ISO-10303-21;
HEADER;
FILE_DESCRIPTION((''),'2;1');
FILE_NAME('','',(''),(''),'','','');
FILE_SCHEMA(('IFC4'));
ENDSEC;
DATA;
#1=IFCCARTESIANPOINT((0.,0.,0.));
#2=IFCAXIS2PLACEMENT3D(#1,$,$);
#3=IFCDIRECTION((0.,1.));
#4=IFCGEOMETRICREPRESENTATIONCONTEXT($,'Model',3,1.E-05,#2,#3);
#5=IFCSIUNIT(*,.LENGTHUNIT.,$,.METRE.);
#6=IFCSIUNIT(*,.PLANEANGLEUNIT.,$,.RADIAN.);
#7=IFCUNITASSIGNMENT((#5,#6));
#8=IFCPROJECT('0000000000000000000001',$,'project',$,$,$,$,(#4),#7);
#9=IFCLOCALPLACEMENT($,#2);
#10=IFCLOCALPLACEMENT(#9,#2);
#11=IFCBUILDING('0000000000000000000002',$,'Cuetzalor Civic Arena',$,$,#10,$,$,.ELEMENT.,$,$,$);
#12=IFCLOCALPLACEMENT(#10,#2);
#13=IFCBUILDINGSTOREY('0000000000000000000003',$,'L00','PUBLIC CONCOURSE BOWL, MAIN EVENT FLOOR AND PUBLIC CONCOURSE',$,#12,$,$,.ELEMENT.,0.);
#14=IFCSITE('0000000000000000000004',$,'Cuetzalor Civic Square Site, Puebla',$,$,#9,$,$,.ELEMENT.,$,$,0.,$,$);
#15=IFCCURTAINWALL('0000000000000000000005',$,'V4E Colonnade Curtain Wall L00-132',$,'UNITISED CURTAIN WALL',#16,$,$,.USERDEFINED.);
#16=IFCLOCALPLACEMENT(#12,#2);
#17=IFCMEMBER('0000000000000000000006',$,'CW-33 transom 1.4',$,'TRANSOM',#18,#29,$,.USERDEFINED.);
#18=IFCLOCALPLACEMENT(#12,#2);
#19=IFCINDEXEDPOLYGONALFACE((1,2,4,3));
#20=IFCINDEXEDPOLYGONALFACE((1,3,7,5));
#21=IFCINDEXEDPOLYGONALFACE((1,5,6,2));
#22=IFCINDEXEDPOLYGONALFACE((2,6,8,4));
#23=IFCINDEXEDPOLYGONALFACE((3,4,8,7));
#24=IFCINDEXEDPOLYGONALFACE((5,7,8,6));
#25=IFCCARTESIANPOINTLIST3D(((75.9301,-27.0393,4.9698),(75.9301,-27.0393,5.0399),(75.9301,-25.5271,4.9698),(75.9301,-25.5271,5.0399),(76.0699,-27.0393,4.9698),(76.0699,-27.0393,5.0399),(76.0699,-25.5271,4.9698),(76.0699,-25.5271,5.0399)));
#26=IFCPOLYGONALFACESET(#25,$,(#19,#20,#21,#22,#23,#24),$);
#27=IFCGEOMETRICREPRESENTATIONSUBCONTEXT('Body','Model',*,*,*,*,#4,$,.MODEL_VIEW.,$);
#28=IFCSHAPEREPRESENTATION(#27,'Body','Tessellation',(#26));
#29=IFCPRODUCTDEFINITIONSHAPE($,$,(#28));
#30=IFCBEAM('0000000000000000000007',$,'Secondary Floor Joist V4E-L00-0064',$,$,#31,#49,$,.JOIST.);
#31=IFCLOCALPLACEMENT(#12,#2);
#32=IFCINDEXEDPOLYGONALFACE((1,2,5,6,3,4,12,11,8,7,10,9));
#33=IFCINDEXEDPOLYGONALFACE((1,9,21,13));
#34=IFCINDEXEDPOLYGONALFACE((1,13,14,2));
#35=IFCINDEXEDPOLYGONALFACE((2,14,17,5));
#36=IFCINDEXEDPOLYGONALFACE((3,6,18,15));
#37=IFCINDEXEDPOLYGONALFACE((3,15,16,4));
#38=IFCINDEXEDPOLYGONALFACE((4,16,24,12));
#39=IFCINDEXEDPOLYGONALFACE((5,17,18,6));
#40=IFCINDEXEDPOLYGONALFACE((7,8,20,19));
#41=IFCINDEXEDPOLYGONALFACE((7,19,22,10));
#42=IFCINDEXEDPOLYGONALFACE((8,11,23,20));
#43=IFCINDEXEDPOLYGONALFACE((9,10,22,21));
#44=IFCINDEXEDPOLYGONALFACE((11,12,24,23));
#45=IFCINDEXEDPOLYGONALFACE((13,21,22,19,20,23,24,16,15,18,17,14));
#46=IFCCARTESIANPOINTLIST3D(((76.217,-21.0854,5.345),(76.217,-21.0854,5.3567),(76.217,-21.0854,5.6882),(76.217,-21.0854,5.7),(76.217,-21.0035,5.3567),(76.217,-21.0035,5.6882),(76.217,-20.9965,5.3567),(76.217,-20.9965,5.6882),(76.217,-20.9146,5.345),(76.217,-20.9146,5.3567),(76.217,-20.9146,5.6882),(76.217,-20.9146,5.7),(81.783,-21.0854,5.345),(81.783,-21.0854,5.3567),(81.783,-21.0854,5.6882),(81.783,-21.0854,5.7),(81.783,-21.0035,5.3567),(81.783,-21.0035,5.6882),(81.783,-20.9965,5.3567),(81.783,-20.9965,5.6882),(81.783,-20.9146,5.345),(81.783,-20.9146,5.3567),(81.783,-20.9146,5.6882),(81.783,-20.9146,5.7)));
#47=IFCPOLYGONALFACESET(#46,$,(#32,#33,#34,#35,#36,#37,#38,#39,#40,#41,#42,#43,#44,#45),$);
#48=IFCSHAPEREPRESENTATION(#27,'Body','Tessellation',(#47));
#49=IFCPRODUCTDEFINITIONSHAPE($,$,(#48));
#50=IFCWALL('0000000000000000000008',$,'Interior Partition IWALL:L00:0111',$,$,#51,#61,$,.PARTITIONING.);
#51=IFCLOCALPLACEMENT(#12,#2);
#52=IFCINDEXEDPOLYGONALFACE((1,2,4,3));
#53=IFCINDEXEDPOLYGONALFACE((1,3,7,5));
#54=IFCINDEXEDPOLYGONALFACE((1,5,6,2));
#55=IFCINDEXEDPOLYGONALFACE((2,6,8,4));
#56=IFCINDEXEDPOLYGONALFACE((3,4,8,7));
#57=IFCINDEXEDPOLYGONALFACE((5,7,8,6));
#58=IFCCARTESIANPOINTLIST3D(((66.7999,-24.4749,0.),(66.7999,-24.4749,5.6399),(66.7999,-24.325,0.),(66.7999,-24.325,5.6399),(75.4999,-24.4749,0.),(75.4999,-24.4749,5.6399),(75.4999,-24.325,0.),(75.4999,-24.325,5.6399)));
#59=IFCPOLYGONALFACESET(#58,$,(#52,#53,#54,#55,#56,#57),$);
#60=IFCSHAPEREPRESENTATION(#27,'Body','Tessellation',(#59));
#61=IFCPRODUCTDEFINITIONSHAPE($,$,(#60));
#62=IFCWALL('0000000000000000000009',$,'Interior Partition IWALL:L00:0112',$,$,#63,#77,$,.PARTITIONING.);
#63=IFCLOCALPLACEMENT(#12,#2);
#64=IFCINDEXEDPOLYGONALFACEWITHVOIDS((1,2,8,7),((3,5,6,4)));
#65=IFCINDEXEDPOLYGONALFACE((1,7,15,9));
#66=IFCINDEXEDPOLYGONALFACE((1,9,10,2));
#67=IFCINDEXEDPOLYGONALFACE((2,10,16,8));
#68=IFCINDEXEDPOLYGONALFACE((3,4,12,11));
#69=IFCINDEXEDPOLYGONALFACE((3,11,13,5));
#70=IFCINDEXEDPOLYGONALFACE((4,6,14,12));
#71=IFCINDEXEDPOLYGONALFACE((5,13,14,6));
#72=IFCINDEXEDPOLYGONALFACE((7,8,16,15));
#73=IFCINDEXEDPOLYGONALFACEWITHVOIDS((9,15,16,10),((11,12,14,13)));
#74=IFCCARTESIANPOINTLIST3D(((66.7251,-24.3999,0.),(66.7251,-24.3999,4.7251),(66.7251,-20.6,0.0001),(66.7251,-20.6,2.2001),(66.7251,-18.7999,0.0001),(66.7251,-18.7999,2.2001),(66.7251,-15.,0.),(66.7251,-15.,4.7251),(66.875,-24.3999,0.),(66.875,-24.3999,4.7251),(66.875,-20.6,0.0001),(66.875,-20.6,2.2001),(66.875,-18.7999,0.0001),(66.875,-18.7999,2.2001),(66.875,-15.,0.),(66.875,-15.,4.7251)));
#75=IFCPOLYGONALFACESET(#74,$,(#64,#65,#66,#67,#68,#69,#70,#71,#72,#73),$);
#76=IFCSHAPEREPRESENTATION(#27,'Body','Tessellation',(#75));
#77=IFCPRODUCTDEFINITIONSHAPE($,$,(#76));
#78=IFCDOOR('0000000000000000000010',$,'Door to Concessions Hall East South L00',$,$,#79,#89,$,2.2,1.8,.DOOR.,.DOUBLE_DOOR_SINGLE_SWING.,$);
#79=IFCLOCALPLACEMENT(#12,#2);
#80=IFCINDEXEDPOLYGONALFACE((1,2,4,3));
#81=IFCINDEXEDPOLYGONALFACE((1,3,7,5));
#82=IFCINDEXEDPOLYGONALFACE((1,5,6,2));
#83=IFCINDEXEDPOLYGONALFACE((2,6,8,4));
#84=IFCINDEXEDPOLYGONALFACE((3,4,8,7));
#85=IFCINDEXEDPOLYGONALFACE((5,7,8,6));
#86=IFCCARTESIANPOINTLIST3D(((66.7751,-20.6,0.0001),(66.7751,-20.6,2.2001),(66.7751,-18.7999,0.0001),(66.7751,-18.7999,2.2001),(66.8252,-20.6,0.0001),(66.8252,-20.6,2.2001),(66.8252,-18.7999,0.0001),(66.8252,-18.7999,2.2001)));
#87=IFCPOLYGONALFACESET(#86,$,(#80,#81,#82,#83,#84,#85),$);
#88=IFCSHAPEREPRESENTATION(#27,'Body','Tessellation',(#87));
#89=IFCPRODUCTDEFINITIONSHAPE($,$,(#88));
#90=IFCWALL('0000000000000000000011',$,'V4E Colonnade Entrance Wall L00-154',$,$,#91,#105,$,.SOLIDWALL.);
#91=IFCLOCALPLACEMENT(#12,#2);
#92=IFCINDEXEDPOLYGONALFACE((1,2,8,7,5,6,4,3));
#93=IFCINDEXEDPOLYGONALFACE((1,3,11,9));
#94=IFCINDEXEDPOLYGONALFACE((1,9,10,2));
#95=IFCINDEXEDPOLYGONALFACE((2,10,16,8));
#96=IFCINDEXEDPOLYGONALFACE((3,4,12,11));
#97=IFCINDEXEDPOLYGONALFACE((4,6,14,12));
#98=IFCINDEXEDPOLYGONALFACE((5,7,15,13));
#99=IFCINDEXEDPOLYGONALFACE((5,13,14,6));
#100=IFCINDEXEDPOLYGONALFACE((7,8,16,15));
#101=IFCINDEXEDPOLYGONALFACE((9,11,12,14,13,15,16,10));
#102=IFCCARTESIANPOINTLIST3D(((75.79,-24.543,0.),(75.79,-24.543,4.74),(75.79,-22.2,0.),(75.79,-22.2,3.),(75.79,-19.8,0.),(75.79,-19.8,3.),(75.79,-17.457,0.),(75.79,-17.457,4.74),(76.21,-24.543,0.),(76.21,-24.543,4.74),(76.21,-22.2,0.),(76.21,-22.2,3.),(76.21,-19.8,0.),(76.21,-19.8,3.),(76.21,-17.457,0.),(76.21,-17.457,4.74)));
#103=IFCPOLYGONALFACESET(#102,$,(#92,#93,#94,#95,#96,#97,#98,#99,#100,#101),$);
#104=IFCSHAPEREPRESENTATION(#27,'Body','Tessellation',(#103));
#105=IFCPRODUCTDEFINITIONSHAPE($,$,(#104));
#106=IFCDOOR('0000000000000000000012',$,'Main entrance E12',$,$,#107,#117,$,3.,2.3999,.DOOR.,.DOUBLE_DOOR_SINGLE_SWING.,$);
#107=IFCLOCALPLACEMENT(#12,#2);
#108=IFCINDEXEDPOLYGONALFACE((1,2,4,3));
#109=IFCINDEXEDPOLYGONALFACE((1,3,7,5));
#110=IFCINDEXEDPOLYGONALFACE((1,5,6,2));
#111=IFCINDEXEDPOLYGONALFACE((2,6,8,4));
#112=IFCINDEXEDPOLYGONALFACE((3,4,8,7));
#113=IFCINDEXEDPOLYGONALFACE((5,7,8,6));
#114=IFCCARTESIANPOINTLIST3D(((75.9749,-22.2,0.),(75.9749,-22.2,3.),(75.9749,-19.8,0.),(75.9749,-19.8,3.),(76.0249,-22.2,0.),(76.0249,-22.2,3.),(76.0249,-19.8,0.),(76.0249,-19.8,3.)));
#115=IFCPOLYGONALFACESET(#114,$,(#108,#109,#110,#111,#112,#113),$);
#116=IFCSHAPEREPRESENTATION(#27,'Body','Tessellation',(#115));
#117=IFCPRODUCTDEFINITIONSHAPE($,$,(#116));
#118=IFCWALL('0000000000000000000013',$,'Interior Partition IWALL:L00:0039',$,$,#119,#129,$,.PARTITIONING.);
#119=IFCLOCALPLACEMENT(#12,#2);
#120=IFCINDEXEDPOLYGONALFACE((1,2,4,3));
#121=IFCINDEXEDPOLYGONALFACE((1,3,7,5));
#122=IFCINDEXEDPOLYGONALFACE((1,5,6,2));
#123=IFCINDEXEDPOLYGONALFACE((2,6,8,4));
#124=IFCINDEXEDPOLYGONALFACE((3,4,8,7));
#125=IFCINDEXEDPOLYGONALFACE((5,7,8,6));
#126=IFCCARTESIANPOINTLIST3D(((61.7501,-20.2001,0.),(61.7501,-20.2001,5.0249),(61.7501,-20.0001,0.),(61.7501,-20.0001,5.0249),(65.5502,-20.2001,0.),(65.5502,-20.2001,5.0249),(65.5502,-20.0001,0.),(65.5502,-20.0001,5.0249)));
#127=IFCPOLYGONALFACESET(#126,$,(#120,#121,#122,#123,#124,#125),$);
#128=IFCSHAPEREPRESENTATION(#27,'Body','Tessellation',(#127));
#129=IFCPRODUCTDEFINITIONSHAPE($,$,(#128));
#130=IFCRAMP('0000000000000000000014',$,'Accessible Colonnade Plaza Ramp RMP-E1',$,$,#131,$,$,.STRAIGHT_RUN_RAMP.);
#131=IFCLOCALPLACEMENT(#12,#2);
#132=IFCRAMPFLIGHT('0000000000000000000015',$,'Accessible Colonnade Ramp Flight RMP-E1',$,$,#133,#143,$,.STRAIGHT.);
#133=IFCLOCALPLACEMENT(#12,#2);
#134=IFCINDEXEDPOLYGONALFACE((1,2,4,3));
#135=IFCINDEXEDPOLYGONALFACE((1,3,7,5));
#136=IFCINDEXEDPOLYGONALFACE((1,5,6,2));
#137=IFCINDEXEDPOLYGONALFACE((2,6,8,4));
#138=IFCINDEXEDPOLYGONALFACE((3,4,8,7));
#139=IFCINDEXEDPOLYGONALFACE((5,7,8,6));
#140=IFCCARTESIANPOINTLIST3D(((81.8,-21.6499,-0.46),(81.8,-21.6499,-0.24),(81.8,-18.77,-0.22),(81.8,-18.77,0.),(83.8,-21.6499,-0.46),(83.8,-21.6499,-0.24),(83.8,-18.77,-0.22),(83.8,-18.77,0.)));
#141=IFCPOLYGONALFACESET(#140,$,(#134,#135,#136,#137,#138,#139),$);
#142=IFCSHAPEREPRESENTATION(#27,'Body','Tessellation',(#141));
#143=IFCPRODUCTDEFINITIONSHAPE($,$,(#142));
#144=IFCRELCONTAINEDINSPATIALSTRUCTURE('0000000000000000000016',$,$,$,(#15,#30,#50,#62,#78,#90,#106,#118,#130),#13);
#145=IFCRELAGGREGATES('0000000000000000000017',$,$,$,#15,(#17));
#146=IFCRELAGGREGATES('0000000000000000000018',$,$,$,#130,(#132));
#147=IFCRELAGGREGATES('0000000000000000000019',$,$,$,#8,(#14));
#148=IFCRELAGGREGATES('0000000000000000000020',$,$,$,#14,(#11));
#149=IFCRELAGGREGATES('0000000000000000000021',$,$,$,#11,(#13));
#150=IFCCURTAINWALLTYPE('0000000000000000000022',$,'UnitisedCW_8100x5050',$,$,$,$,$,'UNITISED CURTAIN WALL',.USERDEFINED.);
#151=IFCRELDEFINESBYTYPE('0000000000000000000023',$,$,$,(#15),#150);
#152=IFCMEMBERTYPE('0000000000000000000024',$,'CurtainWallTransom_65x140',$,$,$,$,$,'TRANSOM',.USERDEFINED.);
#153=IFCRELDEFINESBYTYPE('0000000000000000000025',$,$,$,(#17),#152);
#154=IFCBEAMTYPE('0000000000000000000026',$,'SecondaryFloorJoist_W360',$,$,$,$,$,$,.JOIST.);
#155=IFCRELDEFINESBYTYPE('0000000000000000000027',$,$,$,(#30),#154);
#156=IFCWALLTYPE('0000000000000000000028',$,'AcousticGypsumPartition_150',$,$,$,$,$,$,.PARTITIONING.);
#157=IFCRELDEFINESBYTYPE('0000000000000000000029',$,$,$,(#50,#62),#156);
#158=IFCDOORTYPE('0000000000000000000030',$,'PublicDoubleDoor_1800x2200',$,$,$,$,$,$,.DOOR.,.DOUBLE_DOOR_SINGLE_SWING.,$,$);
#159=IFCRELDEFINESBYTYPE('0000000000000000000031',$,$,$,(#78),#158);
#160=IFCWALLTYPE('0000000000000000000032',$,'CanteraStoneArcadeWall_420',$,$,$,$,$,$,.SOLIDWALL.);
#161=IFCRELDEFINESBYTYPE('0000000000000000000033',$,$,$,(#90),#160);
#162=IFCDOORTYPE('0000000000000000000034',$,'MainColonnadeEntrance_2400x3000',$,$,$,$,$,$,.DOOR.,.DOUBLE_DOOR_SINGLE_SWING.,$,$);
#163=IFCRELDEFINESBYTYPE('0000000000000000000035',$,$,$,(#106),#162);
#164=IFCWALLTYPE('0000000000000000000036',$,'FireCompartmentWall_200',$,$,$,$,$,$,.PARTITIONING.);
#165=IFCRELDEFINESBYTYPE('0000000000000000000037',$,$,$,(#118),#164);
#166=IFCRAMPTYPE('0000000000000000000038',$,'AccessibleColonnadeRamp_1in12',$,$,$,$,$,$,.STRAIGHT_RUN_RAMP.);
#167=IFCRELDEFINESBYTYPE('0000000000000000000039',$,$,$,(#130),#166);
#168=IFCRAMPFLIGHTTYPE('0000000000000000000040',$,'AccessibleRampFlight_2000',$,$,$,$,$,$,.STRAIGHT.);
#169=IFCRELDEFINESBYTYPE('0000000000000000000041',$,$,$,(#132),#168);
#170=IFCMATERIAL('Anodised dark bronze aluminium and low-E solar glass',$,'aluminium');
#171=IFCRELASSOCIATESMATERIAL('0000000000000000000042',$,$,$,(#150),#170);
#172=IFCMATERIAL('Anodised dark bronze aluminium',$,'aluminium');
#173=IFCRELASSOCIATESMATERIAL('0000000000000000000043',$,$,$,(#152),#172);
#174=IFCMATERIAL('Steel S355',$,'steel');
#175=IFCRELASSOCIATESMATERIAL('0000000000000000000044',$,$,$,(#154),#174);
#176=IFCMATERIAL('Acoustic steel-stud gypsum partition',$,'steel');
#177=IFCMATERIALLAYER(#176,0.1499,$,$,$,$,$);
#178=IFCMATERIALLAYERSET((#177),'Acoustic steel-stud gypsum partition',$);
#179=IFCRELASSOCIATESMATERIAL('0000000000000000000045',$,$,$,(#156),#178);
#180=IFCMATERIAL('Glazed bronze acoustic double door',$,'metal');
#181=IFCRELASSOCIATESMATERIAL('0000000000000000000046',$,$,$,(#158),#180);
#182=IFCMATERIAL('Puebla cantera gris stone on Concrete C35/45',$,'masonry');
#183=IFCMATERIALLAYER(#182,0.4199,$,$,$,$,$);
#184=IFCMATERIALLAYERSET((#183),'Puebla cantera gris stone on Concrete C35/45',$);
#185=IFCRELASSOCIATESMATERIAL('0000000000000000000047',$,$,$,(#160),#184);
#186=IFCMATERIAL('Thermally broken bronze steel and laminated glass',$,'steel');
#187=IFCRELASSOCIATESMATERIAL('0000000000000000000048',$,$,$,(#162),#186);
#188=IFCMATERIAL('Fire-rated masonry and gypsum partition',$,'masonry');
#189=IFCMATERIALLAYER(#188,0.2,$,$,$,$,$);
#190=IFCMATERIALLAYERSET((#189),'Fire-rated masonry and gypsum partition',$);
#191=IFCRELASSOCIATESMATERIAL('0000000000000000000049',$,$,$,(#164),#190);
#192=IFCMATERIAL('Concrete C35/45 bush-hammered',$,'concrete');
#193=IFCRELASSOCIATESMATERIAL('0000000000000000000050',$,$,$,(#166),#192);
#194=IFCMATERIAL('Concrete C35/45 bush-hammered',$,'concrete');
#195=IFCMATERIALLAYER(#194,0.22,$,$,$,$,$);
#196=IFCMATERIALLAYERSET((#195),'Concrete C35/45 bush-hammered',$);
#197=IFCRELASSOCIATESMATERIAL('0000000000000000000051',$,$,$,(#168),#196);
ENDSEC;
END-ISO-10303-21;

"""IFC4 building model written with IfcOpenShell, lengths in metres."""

from ifc_helpers import new_model, si_unit, direction, frame, frame_2d, origin, origin_2d, place, context, subcontext, project, spatial, polyline, rectangle, i_section, outline, extrude, material, layer, layer_set, material_profile, profile_set, type_object, element, fill, aggregate, save


model = new_model("IFC4")

# Units and contexts
model_context = context("Model", 3, precision=1e-05, world=origin(), true_north=direction((0.0, 1.0)))
body_context = subcontext(model_context, "Body", "Model", "MODEL_VIEW")
ifc_project = project(units=[si_unit("LENGTHUNIT", "METRE"), si_unit("PLANEANGLEUNIT", "RADIAN")], contexts=[model_context])

# Site, building, storey
site_placement = place(None, origin())
site = spatial("IfcSite", under=ifc_project, at=site_placement, Name="Cuetzalor Civic Square Site, Puebla", CompositionType="ELEMENT", RefElevation=0.0)
building_placement = place(site_placement, origin())
building = spatial("IfcBuilding", under=site, at=building_placement, Name="Cuetzalor Civic Arena", CompositionType="ELEMENT")
storey_placement = place(building_placement, origin())
storey = spatial("IfcBuildingStorey", under=building, at=storey_placement, Name="L00", Description="PUBLIC CONCOURSE BOWL, MAIN EVENT FLOOR AND PUBLIC CONCOURSE", CompositionType="ELEMENT", Elevation=0.0)

# Curtain wall, member
ifc_material_1 = material(Name="Anodised dark bronze aluminium and low-E solar glass", Category="aluminium")
curtain_wall_type = type_object("IfcCurtainWallType", Name="UnitisedCW_8100x5050", ElementType="UNITISED CURTAIN WALL", PredefinedType="USERDEFINED", material=ifc_material_1)
curtain_wall_placement = place(storey_placement, origin())
curtain_wall = element("IfcCurtainWall", 1, at=curtain_wall_placement, inside=storey, type_object=curtain_wall_type, Name="V4E Colonnade Curtain Wall L00-132", ObjectType="UNITISED CURTAIN WALL", PredefinedType="USERDEFINED")
ifc_material_2 = material(Name="Anodised dark bronze aluminium", Category="aluminium")
ifc_material_profile_1 = material_profile(ifc_material_2, rectangle(XDim=0.1399, YDim=0.0701, at=origin_2d()), Name="ALU TRANSOM 70x140")
ifc_profile_set_1 = profile_set([ifc_material_profile_1], Name="Anodised dark bronze aluminium")
member_type_1 = type_object("IfcMemberType", Name="CurtainWallTransom_65x140", ElementType="TRANSOM", PredefinedType="USERDEFINED", material=ifc_profile_set_1)
member_1_placement = place(storey_placement, frame((76.0, -25.5271, 5.0049), z_axis=(0.0, -1.0, 0.0), x_axis=(1.0, 0.0, 0.0)))
member_1 = element("IfcMember", 2, at=member_1_placement, type_object=member_type_1, Name="CW-33 transom 1.4", ObjectType="TRANSOM", PredefinedType="USERDEFINED", context=body_context, shape_type="SweptSolid", body=[
    extrude(rectangle(XDim=0.1399, YDim=0.0701, at=origin_2d()), origin(), (0.0, 0.0, 1.0), 1.5122),
])
aggregate(curtain_wall, [member_1])

# Beam
ifc_material_3 = material(Name="Steel S355", Category="steel")
ifc_material_profile_2 = material_profile(ifc_material_3, i_section(OverallWidth=0.1709, OverallDepth=0.355, WebThickness=0.0071, FlangeThickness=0.0117, at=origin_2d()), Name="W360x51")
ifc_profile_set_2 = profile_set([ifc_material_profile_2], Name="Steel S355")
beam_type_1 = type_object("IfcBeamType", Name="SecondaryFloorJoist_W360", PredefinedType="JOIST", material=ifc_profile_set_2)
beam_1_placement = place(storey_placement, frame((76.217, -21.0, 5.5225), z_axis=(1.0, 0.0, 0.0), x_axis=(0.0, 1.0, 0.0)))
element("IfcBeam", 3, at=beam_1_placement, inside=storey, type_object=beam_type_1, Name="Secondary Floor Joist V4E-L00-0064", PredefinedType="JOIST", context=body_context, shape_type="SweptSolid", body=[
    extrude(i_section(OverallWidth=0.1709, OverallDepth=0.355, WebThickness=0.0071, FlangeThickness=0.0117, at=origin_2d()), origin(), (0.0, 0.0, 1.0), 5.5659),
])

# Wall
ifc_material_4 = material(Name="Acoustic steel-stud gypsum partition", Category="steel")
ifc_layer_1 = layer(ifc_material_4, 0.1499)
ifc_layer_set_1 = layer_set([ifc_layer_1], Name="Acoustic steel-stud gypsum partition")
wall_type_1 = type_object("IfcWallType", Name="AcousticGypsumPartition_150", PredefinedType="PARTITIONING", material=ifc_layer_set_1)
wall_1_placement = place(storey_placement, frame((75.5, -24.3999, 0.0), z_axis=(0.0, 0.0, 1.0), x_axis=(-1.0, 0.0, 0.0)))
element("IfcWall", 4, at=wall_1_placement, inside=storey, type_object=wall_type_1, Name="Interior Partition IWALL:L00:0111", PredefinedType="PARTITIONING", context=body_context, shape_type="SweptSolid", body=[
    extrude(rectangle(XDim=8.7, YDim=0.1499, at=frame_2d((4.3501, 0.0))), origin(), (0.0, 0.0, 1.0), 5.6399),
])

# Walls, openings, doors
wall_2_placement = place(storey_placement, frame((66.8, -24.3999, 0.0), z_axis=(0.0, 0.0, 1.0), x_axis=(0.0, 1.0, 0.0)))
wall_2 = element("IfcWall", 5, at=wall_2_placement, inside=storey, type_object=wall_type_1, Name="Interior Partition IWALL:L00:0112", PredefinedType="PARTITIONING", context=body_context, shape_type="SweptSolid", body=[
    extrude(rectangle(XDim=9.3999, YDim=0.1499, at=frame_2d((4.7, 0.0))), origin(), (0.0, 0.0, 1.0), 4.7251),
])
opening_1_placement = place(wall_2_placement, frame((3.8, 0.0, 0.0)))
opening_1 = element("IfcOpeningElement", 6, at=opening_1_placement, cuts=wall_2, PredefinedType="OPENING", context=body_context, shape_type="SweptSolid", body=[
    extrude(rectangle(XDim=1.8, YDim=2.2, at=frame_2d((0.8999, 1.1001))), frame((0.0, 0.085, 0.0), z_axis=(0.0, -1.0, 0.0), x_axis=(1.0, 0.0, 0.0)), (0.0, 0.0, 1.0), 0.1699),
])
ifc_material_5 = material(Name="Glazed bronze acoustic double door", Category="metal")
door_type_1 = type_object("IfcDoorType", Name="PublicDoubleDoor_1800x2200", OperationType="DOUBLE_DOOR_SINGLE_SWING", PredefinedType="DOOR", material=ifc_material_5)
door_1_placement = place(opening_1_placement, origin())
door_1 = element("IfcDoor", 7, at=door_1_placement, inside=storey, type_object=door_type_1, Name="Door to Concessions Hall East South L00", OperationType="DOUBLE_DOOR_SINGLE_SWING", OverallHeight=2.2, OverallWidth=1.8, PredefinedType="DOOR", context=body_context, shape_type="SweptSolid", body=[
    extrude(rectangle(XDim=1.8, YDim=2.2, at=frame_2d((0.8999, 1.1001))), frame((0.0, 0.0249, 0.0), z_axis=(0.0, -1.0, 0.0), x_axis=(1.0, 0.0, 0.0)), (0.0, 0.0, 1.0), 0.05),
])
fill(opening_1, door_1)
ifc_material_6 = material(Name="Puebla cantera gris stone on Concrete C35/45", Category="masonry")
ifc_layer_2 = layer(ifc_material_6, 0.4199)
ifc_layer_set_2 = layer_set([ifc_layer_2], Name="Puebla cantera gris stone on Concrete C35/45")
wall_type_2 = type_object("IfcWallType", Name="CanteraStoneArcadeWall_420", PredefinedType="SOLIDWALL", material=ifc_layer_set_2)
wall_3_placement = place(storey_placement, frame((76.0, -17.457, 0.0), z_axis=(0.0, 0.0, 1.0), x_axis=(0.0, -1.0, 0.0)))
wall_3 = element("IfcWall", 8, at=wall_3_placement, inside=storey, type_object=wall_type_2, Name="V4E Colonnade Entrance Wall L00-154", PredefinedType="SOLIDWALL", context=body_context, shape_type="SweptSolid", body=[
    extrude(rectangle(XDim=7.0859, YDim=0.4199, at=frame_2d((3.543, 0.0))), origin(), (0.0, 0.0, 1.0), 4.74),
])
opening_2_placement = place(wall_3_placement, frame((2.343, 0.0, 0.0)))
opening_2 = element("IfcOpeningElement", 9, at=opening_2_placement, cuts=wall_3, PredefinedType="OPENING", context=body_context, shape_type="SweptSolid", body=[
    extrude(rectangle(XDim=2.3999, YDim=3.0, at=frame_2d((1.2, 1.5))), frame((0.0, 0.22, 0.0), z_axis=(0.0, -1.0, 0.0), x_axis=(1.0, 0.0, 0.0)), (0.0, 0.0, 1.0), 0.4399),
])
ifc_material_7 = material(Name="Thermally broken bronze steel and laminated glass", Category="steel")
door_type_2 = type_object("IfcDoorType", Name="MainColonnadeEntrance_2400x3000", OperationType="DOUBLE_DOOR_SINGLE_SWING", PredefinedType="DOOR", material=ifc_material_7)
door_2_placement = place(opening_2_placement, origin())
door_2 = element("IfcDoor", 10, at=door_2_placement, inside=storey, type_object=door_type_2, Name="Main entrance E12", OperationType="DOUBLE_DOOR_SINGLE_SWING", OverallHeight=3.0, OverallWidth=2.3999, PredefinedType="DOOR", context=body_context, shape_type="SweptSolid", body=[
    extrude(rectangle(XDim=2.3999, YDim=3.0, at=frame_2d((1.2, 1.5))), frame((0.0, 0.0249, 0.0), z_axis=(0.0, -1.0, 0.0), x_axis=(1.0, 0.0, 0.0)), (0.0, 0.0, 1.0), 0.05),
])
fill(opening_2, door_2)

# Wall
ifc_material_8 = material(Name="Fire-rated masonry and gypsum partition", Category="masonry")
ifc_layer_3 = layer(ifc_material_8, 0.2)
ifc_layer_set_3 = layer_set([ifc_layer_3], Name="Fire-rated masonry and gypsum partition")
wall_type_3 = type_object("IfcWallType", Name="FireCompartmentWall_200", PredefinedType="PARTITIONING", material=ifc_layer_set_3)
wall_4_placement = place(storey_placement, frame((65.55, -20.1001, 0.0), z_axis=(0.0, 0.0, 1.0), x_axis=(-1.0, 0.0, 0.0)))
element("IfcWall", 11, at=wall_4_placement, inside=storey, type_object=wall_type_3, Name="Interior Partition IWALL:L00:0039", PredefinedType="PARTITIONING", context=body_context, shape_type="SweptSolid", body=[
    extrude(rectangle(XDim=3.8, YDim=0.2, at=frame_2d((1.8999, 0.0))), origin(), (0.0, 0.0, 1.0), 5.0249),
])

# Ramp, ramp flight
ifc_material_9 = material(Name="Concrete C35/45 bush-hammered", Category="concrete")
ramp_type = type_object("IfcRampType", Name="AccessibleColonnadeRamp_1in12", PredefinedType="STRAIGHT_RUN_RAMP", material=ifc_material_9)
ramp_placement = place(storey_placement, origin())
ramp = element("IfcRamp", 12, at=ramp_placement, inside=storey, type_object=ramp_type, Name="Accessible Colonnade Plaza Ramp RMP-E1", PredefinedType="STRAIGHT_RUN_RAMP")
ifc_material_10 = material(Name="Concrete C35/45 bush-hammered", Category="concrete")
ifc_layer_4 = layer(ifc_material_10, 0.22)
ifc_layer_set_4 = layer_set([ifc_layer_4], Name="Concrete C35/45 bush-hammered")
ramp_flight_type = type_object("IfcRampFlightType", Name="AccessibleRampFlight_2000", PredefinedType="STRAIGHT", material=ifc_layer_set_4)
ramp_flight_placement = place(storey_placement, frame((82.8, -21.6499, -0.24), z_axis=(0.0, 0.0, 1.0), x_axis=(0.0, 1.0, 0.0)))
ramp_flight = element("IfcRampFlight", 13, at=ramp_flight_placement, type_object=ramp_flight_type, Name="Accessible Colonnade Ramp Flight RMP-E1", PredefinedType="STRAIGHT", context=body_context, shape_type="SweptSolid", body=[
    extrude(outline(polyline([(0.0, 0.0), (2.8799, 0.24), (2.8799, 0.02), (0.0, -0.22), (0.0, 0.0)])), frame((0.0, 1.0, 0.0), z_axis=(0.0, -1.0, 0.0), x_axis=(1.0, 0.0, 0.0)), (0.0, 0.0, 1.0), 2.0),
])
aggregate(ramp, [ramp_flight])

save(model, "model.ifc")
